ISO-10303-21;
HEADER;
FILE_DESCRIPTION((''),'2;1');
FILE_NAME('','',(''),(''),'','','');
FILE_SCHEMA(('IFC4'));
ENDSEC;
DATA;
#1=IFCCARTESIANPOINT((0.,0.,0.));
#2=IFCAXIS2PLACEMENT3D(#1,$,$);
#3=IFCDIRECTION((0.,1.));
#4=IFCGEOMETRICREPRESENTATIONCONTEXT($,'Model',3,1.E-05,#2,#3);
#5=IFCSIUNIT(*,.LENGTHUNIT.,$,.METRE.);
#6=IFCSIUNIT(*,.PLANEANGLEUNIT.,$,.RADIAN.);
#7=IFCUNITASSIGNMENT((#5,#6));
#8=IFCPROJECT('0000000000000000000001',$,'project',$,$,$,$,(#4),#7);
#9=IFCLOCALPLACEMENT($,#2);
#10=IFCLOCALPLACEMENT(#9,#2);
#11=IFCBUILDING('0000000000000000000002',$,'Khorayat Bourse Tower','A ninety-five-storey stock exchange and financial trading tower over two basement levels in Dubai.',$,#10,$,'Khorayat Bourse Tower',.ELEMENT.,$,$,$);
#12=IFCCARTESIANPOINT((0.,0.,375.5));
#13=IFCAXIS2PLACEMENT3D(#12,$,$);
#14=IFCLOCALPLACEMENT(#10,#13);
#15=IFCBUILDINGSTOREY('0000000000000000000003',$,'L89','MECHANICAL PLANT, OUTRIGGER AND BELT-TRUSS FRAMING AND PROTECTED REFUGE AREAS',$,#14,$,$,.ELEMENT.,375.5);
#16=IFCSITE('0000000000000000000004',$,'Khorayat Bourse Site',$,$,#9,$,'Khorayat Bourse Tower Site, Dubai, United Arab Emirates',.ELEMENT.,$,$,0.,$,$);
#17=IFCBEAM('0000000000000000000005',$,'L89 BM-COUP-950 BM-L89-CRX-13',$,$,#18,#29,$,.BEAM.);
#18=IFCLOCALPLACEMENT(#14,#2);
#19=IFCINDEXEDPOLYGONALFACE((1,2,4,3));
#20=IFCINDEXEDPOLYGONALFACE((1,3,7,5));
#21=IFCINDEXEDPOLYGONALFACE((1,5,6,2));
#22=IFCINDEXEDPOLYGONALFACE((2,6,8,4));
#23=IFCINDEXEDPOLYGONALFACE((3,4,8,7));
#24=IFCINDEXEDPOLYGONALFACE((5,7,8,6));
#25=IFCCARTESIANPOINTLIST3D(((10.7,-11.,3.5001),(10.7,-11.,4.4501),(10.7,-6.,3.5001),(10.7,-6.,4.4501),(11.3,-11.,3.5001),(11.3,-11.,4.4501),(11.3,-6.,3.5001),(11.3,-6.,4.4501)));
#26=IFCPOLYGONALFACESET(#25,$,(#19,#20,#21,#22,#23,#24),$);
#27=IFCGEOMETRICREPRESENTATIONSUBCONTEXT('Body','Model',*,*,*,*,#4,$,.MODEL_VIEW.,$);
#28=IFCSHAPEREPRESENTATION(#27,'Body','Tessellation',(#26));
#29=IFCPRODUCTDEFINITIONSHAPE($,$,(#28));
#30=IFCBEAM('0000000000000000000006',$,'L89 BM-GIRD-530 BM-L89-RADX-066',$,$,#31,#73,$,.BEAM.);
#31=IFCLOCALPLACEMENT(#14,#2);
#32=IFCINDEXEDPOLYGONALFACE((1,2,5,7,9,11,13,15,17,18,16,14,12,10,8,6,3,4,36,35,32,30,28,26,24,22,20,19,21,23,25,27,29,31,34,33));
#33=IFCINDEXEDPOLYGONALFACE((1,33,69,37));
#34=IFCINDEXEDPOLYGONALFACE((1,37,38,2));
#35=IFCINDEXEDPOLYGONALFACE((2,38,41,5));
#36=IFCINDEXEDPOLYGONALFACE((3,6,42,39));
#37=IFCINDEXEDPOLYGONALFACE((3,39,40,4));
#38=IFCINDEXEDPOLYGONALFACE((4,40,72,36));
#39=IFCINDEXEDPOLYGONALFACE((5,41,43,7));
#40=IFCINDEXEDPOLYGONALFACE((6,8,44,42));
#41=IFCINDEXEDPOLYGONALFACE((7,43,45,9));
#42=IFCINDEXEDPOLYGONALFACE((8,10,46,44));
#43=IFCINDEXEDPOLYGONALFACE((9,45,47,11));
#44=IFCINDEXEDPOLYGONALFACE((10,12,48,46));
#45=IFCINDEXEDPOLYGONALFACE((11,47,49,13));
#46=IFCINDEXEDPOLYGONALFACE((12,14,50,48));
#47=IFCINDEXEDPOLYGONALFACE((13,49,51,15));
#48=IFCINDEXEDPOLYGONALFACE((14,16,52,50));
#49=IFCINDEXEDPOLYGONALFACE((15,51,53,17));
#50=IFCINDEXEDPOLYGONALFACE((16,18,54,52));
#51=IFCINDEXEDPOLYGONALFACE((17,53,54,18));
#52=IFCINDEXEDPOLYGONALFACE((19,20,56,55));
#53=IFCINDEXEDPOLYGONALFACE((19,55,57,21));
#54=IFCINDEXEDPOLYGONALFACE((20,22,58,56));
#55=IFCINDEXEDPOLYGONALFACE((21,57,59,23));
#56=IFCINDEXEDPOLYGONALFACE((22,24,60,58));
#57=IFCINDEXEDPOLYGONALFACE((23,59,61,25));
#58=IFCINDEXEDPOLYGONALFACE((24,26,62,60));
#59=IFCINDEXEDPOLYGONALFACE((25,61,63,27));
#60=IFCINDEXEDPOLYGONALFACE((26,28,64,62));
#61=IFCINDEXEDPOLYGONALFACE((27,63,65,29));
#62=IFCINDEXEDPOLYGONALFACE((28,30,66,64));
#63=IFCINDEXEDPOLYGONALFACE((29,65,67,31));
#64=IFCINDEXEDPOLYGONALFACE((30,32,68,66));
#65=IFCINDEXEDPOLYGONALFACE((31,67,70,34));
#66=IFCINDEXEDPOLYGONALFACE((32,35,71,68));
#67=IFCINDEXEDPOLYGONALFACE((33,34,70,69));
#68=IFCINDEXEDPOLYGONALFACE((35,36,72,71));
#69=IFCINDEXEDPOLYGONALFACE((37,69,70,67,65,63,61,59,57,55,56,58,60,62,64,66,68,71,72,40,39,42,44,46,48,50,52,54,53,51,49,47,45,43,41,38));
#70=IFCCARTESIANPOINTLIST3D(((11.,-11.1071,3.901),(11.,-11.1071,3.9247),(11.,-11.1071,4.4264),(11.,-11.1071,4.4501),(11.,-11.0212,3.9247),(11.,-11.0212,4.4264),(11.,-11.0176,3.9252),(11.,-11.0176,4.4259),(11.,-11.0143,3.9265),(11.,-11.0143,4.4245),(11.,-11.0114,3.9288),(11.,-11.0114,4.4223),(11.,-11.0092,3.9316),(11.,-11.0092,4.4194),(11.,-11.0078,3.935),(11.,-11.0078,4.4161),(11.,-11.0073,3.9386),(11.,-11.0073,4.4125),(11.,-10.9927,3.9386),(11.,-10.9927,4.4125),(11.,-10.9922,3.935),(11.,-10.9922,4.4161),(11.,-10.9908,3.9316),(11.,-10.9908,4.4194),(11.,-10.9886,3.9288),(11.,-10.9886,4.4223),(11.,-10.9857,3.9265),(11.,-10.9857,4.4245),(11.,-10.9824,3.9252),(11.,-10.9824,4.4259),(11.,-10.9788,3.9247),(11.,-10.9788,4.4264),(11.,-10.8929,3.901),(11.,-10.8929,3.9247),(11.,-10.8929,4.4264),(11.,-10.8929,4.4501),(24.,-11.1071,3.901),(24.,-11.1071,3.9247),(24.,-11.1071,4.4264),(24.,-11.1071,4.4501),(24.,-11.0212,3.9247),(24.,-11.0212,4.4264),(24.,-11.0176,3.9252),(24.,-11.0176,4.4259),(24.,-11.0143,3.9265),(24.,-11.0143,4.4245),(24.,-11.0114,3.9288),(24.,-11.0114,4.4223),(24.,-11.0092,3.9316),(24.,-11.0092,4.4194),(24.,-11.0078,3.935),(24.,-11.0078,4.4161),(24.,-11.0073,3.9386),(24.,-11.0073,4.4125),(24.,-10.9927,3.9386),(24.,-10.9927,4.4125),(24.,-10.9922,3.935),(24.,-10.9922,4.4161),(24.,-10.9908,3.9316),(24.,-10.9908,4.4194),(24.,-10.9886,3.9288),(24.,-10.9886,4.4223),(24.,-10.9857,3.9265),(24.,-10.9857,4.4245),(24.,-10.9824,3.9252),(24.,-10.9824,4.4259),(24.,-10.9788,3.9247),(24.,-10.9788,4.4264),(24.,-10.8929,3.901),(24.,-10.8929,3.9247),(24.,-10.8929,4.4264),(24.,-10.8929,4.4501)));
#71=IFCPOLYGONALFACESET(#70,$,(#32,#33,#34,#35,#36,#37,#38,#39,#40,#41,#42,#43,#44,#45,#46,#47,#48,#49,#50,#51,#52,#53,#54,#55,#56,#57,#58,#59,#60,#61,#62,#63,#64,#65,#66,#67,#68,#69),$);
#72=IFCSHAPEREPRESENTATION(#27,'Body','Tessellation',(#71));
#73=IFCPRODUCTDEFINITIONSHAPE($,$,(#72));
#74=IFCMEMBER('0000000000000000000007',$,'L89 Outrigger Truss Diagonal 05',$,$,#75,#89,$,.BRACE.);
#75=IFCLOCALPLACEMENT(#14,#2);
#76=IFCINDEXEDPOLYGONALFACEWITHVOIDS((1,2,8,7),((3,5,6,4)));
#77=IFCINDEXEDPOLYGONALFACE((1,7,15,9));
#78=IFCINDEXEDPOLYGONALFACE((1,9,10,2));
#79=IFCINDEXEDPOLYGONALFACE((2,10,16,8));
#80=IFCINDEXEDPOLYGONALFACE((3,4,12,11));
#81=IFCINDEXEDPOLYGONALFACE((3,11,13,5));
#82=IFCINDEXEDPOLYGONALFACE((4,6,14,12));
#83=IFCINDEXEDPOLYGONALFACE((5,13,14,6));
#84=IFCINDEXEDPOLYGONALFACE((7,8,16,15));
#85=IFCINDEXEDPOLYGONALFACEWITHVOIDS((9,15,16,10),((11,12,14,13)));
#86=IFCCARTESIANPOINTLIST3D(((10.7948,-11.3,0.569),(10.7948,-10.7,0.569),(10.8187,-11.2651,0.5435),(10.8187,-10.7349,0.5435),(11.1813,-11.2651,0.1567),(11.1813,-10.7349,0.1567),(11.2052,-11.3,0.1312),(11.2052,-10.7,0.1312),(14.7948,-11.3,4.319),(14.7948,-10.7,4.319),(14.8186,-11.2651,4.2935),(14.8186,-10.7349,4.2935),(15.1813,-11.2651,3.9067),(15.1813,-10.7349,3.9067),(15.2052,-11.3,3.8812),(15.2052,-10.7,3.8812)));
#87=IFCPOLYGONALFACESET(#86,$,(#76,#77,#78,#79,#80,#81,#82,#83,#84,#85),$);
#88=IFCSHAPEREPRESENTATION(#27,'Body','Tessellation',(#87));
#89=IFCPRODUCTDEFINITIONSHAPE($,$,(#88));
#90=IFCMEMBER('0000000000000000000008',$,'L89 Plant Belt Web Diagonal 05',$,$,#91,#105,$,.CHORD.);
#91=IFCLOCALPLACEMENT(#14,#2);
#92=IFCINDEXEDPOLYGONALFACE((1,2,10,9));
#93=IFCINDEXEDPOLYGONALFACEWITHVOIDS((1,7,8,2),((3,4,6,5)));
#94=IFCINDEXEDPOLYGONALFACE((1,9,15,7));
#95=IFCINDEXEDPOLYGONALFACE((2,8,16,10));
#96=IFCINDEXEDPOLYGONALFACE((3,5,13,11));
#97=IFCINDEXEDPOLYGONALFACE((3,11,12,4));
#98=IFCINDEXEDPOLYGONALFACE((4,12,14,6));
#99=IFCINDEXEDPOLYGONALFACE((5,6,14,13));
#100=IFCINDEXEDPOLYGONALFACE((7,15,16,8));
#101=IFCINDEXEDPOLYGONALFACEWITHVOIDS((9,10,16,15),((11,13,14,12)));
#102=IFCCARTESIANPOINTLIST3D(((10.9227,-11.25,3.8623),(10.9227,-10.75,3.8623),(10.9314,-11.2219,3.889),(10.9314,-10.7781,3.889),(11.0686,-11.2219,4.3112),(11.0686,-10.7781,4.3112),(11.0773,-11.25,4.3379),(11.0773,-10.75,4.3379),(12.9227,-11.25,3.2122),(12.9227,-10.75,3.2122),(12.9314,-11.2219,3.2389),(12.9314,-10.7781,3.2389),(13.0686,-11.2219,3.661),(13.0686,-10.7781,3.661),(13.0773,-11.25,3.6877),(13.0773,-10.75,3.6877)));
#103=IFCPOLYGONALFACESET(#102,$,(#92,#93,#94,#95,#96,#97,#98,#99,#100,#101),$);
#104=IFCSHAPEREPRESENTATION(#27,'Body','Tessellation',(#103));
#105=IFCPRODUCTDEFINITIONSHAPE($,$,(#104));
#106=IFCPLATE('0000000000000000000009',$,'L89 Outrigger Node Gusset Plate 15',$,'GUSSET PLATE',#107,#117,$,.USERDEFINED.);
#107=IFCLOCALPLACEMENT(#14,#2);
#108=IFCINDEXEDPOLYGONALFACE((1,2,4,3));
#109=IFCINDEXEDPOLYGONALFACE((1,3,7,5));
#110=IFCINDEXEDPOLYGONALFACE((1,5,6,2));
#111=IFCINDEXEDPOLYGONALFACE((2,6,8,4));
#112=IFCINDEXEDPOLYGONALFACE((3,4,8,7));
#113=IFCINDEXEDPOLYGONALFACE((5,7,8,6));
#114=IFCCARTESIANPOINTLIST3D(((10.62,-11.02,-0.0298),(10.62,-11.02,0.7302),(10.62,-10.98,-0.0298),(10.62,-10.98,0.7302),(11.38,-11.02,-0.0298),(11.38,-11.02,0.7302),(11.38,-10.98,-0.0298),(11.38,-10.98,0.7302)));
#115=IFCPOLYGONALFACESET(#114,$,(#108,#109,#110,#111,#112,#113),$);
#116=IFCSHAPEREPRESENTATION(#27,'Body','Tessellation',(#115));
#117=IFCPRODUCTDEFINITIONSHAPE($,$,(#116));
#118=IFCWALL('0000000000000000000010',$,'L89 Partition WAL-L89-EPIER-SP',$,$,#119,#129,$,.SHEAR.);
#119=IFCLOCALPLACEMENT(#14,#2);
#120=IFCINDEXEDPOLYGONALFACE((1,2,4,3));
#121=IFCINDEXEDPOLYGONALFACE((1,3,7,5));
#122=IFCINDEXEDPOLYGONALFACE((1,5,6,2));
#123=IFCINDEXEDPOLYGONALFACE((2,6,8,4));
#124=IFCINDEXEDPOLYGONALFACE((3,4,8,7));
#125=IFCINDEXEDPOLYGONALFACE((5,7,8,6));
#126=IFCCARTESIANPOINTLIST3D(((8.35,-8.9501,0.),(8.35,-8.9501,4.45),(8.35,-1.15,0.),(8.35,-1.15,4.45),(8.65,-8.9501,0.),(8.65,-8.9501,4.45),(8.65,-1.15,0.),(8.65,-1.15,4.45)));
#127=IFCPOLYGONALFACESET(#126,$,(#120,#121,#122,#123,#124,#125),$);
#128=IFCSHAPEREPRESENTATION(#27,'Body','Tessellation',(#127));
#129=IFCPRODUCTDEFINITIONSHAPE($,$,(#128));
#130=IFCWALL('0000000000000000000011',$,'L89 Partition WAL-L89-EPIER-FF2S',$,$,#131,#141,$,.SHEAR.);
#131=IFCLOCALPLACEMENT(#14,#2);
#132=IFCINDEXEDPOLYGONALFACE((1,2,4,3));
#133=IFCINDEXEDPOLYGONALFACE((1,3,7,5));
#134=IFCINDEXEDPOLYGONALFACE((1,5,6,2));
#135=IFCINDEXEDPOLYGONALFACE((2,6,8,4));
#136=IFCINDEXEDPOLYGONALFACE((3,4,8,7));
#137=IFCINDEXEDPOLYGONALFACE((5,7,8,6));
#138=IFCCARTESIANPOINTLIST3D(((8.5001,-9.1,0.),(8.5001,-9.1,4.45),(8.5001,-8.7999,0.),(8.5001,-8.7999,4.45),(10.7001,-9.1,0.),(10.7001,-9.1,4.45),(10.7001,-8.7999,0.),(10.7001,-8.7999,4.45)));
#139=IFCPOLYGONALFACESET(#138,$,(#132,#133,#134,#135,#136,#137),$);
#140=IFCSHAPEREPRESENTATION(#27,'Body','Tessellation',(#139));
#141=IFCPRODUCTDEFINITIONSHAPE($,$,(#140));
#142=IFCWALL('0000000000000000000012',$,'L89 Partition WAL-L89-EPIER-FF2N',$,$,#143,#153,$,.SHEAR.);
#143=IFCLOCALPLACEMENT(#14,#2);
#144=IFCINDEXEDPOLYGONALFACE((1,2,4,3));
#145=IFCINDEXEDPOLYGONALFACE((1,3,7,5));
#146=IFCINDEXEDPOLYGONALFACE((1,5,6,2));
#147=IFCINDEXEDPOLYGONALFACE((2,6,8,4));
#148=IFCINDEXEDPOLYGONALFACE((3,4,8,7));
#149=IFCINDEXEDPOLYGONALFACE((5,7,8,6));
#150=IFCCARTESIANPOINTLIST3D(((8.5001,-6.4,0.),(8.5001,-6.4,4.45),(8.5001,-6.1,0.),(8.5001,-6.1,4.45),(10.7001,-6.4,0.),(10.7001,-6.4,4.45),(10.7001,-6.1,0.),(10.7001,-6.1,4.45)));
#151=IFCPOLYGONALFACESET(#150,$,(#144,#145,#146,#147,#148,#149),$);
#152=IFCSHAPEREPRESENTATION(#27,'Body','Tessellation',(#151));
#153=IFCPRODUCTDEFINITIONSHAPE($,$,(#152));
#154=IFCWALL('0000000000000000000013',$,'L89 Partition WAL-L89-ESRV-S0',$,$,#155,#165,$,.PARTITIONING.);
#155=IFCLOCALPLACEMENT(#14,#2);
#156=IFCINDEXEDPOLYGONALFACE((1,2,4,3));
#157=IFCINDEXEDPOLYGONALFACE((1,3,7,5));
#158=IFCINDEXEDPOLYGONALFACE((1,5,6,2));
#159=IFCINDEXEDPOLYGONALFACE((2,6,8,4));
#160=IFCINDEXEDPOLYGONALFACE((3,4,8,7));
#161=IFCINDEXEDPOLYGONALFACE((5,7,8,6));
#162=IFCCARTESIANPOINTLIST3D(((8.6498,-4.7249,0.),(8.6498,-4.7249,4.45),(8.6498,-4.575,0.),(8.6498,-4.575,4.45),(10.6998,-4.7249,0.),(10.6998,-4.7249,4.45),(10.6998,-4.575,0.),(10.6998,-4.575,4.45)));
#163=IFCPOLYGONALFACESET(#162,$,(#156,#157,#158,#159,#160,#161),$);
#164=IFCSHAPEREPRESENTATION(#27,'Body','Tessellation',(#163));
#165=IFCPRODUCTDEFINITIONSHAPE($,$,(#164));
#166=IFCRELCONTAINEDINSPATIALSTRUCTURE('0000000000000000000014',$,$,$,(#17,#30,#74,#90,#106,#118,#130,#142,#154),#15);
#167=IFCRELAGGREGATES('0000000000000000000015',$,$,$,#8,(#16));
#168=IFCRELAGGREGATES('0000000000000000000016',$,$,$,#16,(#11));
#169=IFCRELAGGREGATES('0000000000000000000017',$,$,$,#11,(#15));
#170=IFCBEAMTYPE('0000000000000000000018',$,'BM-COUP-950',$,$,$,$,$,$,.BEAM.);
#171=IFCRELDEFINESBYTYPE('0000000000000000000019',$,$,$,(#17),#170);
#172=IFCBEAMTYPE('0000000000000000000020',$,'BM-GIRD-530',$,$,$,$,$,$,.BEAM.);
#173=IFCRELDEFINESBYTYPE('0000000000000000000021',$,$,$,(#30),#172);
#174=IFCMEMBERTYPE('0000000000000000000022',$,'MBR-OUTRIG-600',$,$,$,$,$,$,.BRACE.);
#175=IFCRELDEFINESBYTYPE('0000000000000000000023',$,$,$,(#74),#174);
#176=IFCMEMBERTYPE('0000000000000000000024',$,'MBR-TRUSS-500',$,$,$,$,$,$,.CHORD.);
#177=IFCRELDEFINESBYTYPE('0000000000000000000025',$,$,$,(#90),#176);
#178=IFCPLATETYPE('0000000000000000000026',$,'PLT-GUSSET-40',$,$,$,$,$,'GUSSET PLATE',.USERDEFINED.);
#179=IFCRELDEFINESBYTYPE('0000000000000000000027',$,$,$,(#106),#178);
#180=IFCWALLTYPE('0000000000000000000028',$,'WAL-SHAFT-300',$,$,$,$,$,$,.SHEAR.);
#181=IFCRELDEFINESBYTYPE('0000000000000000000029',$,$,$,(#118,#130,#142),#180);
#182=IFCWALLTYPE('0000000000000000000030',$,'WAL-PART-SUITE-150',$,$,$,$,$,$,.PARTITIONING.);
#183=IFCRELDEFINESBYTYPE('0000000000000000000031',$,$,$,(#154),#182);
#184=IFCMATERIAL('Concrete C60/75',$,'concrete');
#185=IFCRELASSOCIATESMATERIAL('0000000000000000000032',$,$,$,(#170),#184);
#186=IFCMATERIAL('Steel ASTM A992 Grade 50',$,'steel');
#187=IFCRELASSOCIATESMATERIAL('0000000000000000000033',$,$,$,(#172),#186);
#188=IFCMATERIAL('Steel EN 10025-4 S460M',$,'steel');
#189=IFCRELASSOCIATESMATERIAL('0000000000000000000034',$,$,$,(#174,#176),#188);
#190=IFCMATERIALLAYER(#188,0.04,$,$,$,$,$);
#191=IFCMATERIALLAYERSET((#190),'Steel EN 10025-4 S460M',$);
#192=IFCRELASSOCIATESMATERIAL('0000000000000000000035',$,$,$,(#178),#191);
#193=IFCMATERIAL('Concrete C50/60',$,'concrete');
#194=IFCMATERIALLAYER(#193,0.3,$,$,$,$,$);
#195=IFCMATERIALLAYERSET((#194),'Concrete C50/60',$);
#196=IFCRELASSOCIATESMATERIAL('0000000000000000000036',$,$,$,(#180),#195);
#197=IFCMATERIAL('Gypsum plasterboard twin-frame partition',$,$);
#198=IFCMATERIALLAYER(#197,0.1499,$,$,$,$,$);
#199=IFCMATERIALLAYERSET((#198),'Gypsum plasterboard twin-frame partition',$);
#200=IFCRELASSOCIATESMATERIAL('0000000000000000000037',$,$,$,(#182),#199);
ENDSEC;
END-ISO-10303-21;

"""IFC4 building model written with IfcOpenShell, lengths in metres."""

from ifc_helpers import new_model, si_unit, direction, frame, frame_2d, origin, origin_2d, place, context, subcontext, project, spatial, rectangle, hollow_rectangle, i_section, extrude, source, transform, mapped, material, layer, layer_set, material_profile, profile_set, type_object, element, save


model = new_model("IFC4")

# Units and contexts
model_context = context("Model", 3, precision=1e-05, world=origin(), true_north=direction((0.0, 1.0)))
body_context = subcontext(model_context, "Body", "Model", "MODEL_VIEW")
ifc_project = project(units=[si_unit("LENGTHUNIT", "METRE"), si_unit("PLANEANGLEUNIT", "RADIAN")], contexts=[model_context])

# Site, building, storey
site_placement = place(None, origin())
site = spatial("IfcSite", under=ifc_project, at=site_placement, Name="Khorayat Bourse Site", LongName="Khorayat Bourse Tower Site, Dubai, United Arab Emirates", CompositionType="ELEMENT", RefElevation=0.0)
building_placement = place(site_placement, origin())
building = spatial("IfcBuilding", under=site, at=building_placement, Name="Khorayat Bourse Tower", Description="A ninety-five-storey stock exchange and financial trading tower over two basement levels in Dubai.", LongName="Khorayat Bourse Tower", CompositionType="ELEMENT")
storey_placement = place(building_placement, frame((0.0, 0.0, 375.5)))
storey = spatial("IfcBuildingStorey", under=building, at=storey_placement, Name="L89", Description="MECHANICAL PLANT, OUTRIGGER AND BELT-TRUSS FRAMING AND PROTECTED REFUGE AREAS", CompositionType="ELEMENT", Elevation=375.5)

# Beams
ifc_material_1 = material(Name="Concrete C60/75", Category="concrete")
ifc_material_profile_1 = material_profile(ifc_material_1, rectangle(XDim=0.6001, YDim=0.95, at=origin_2d()), Name="RC 600x950")
ifc_profile_set_1 = profile_set([ifc_material_profile_1], Name="Concrete C60/75")
beam_type_1 = type_object("IfcBeamType", Name="BM-COUP-950", PredefinedType="BEAM", material=ifc_profile_set_1)
shared_shape_1 = source(origin(), body_context, "Body", "SweptSolid", [
    extrude(rectangle(XDim=0.6001, YDim=0.95, at=origin_2d()), origin(), (0.0, 0.0, 1.0), 5.0),
])
beam_1_placement = place(storey_placement, frame((11.0, -11.0, 3.9751), z_axis=(0.0, 1.0, 0.0), x_axis=(-1.0, 0.0, 0.0)))
element("IfcBeam", 1, at=beam_1_placement, inside=storey, type_object=beam_type_1, Name="L89 BM-COUP-950 BM-L89-CRX-13", PredefinedType="BEAM", context=body_context, shape_type="MappedRepresentation", body=[
    mapped(shared_shape_1, transform((0.0, 0.0, 0.0), scale=1.0)),
])
ifc_material_2 = material(Name="Steel ASTM A992 Grade 50", Category="steel")
ifc_material_profile_2 = material_profile(ifc_material_2, i_section(OverallWidth=0.2141, OverallDepth=0.5491, WebThickness=0.0146, FlangeThickness=0.0237, FilletRadius=0.0139, at=origin_2d()), Name="W530X138")
ifc_profile_set_2 = profile_set([ifc_material_profile_2], Name="Steel ASTM A992 Grade 50")
beam_type_2 = type_object("IfcBeamType", Name="BM-GIRD-530", PredefinedType="BEAM", material=ifc_profile_set_2)
shared_shape_2 = source(origin(), body_context, "Body", "SweptSolid", [
    extrude(i_section(OverallWidth=0.2141, OverallDepth=0.5491, WebThickness=0.0146, FlangeThickness=0.0237, FilletRadius=0.0139, at=origin_2d()), origin(), (0.0, 0.0, 1.0), 13.0),
])
beam_2_placement = place(storey_placement, frame((11.0, -11.0, 4.1755), z_axis=(1.0, 0.0, 0.0), x_axis=(0.0, 1.0, 0.0)))
element("IfcBeam", 2, at=beam_2_placement, inside=storey, type_object=beam_type_2, Name="L89 BM-GIRD-530 BM-L89-RADX-066", PredefinedType="BEAM", context=body_context, shape_type="MappedRepresentation", body=[
    mapped(shared_shape_2, transform((0.0, 0.0, 0.0), scale=1.0)),
])

# Members
ifc_material_3 = material(Name="Steel EN 10025-4 S460M", Category="steel")
ifc_material_profile_3 = material_profile(ifc_material_3, hollow_rectangle(XDim=0.6001, YDim=0.6001, WallThickness=0.0349, at=origin_2d()), Name="BOX 600x600x35")
ifc_profile_set_3 = profile_set([ifc_material_profile_3], Name="Steel EN 10025-4 S460M")
member_type_1 = type_object("IfcMemberType", Name="MBR-OUTRIG-600", PredefinedType="BRACE", material=ifc_profile_set_3)
shared_shape_3 = source(origin(), body_context, "Body", "SweptSolid", [
    extrude(hollow_rectangle(XDim=0.6001, YDim=0.6001, WallThickness=0.0349, at=origin_2d()), origin(), (0.0, 0.0, 1.0), 5.4829),
])
member_1_placement = place(storey_placement, frame((11.0, -11.0, 0.3501), z_axis=(0.729537, 0.0, 0.683941), x_axis=(0.0, 1.0, 0.0)))
element("IfcMember", 3, at=member_1_placement, inside=storey, type_object=member_type_1, Name="L89 Outrigger Truss Diagonal 05", PredefinedType="BRACE", context=body_context, shape_type="MappedRepresentation", body=[
    mapped(shared_shape_3, transform((0.0, 0.0, 0.0), scale=1.0)),
])
ifc_material_profile_4 = material_profile(ifc_material_3, hollow_rectangle(XDim=0.5, YDim=0.5, WallThickness=0.0281, at=origin_2d()), Name="HSS 500x500x28")
ifc_profile_set_4 = profile_set([ifc_material_profile_4], Name="Steel EN 10025-4 S460M")
member_type_2 = type_object("IfcMemberType", Name="MBR-TRUSS-500", PredefinedType="CHORD", material=ifc_profile_set_4)
shared_shape_4 = source(origin(), body_context, "Body", "SweptSolid", [
    extrude(hollow_rectangle(XDim=0.5, YDim=0.5, WallThickness=0.0281, at=origin_2d()), origin(), (0.0, 0.0, 1.0), 2.103),
])
member_2_placement = place(storey_placement, frame((11.0, -11.0, 4.1001), z_axis=(0.951014, 0.0, -0.309149), x_axis=(0.0, 1.0, 0.0)))
element("IfcMember", 4, at=member_2_placement, inside=storey, type_object=member_type_2, Name="L89 Plant Belt Web Diagonal 05", PredefinedType="CHORD", context=body_context, shape_type="MappedRepresentation", body=[
    mapped(shared_shape_4, transform((0.0, 0.0, 0.0), scale=1.0)),
])

# Plate
ifc_layer_1 = layer(ifc_material_3, 0.04)
ifc_layer_set_1 = layer_set([ifc_layer_1], Name="Steel EN 10025-4 S460M")
plate_type = type_object("IfcPlateType", Name="PLT-GUSSET-40", ElementType="GUSSET PLATE", PredefinedType="USERDEFINED", material=ifc_layer_set_1)
shared_shape_5 = source(origin(), body_context, "Body", "SweptSolid", [
    extrude(rectangle(XDim=0.76, YDim=0.04, at=origin_2d()), origin(), (0.0, 0.0, 1.0), 0.76),
])
plate_placement = place(storey_placement, frame((11.0, -11.0, -0.0298), z_axis=(0.0, 0.0, 1.0), x_axis=(1.0, 0.0, 0.0)))
element("IfcPlate", 5, at=plate_placement, inside=storey, type_object=plate_type, Name="L89 Outrigger Node Gusset Plate 15", ObjectType="GUSSET PLATE", PredefinedType="USERDEFINED", context=body_context, shape_type="MappedRepresentation", body=[
    mapped(shared_shape_5, transform((0.0, 0.0, 0.0), scale=1.0)),
])

# Walls
ifc_material_4 = material(Name="Concrete C50/60", Category="concrete")
ifc_layer_2 = layer(ifc_material_4, 0.3)
ifc_layer_set_2 = layer_set([ifc_layer_2], Name="Concrete C50/60")
wall_type_1 = type_object("IfcWallType", Name="WAL-SHAFT-300", PredefinedType="SHEAR", material=ifc_layer_set_2)
shared_shape_6 = source(origin(), body_context, "Body", "SweptSolid", [
    extrude(rectangle(XDim=7.8, YDim=0.3, at=frame_2d((3.8999, 0.0))), origin(), (0.0, 0.0, 1.0), 4.45),
])
wall_1_placement = place(storey_placement, frame((8.5, -8.95, 0.0), z_axis=(0.0, 0.0, 1.0), x_axis=(0.0, 1.0, 0.0)))
element("IfcWall", 6, at=wall_1_placement, inside=storey, type_object=wall_type_1, Name="L89 Partition WAL-L89-EPIER-SP", PredefinedType="SHEAR", context=body_context, shape_type="MappedRepresentation", body=[
    mapped(shared_shape_6, transform((0.0, 0.0, 0.0), scale=1.0)),
])
shared_shape_7 = source(origin(), body_context, "Body", "SweptSolid", [
    extrude(rectangle(XDim=2.2, YDim=0.3, at=frame_2d((1.1001, 0.0))), origin(), (0.0, 0.0, 1.0), 4.45),
])
for number, where, z_axis, x_axis, name in (
    (7, (8.5, -8.95, 0.0), (0.0, 0.0, 1.0), (1.0, 0.0, 0.0), "L89 Partition WAL-L89-EPIER-FF2S"),
    (8, (8.5, -6.25, 0.0), (0.0, 0.0, 1.0), (1.0, 0.0, 0.0), "L89 Partition WAL-L89-EPIER-FF2N"),
):
    element("IfcWall", number, at=place(storey_placement, frame(where, z_axis=z_axis, x_axis=x_axis)), inside=storey, type_object=wall_type_1, Name=name, PredefinedType="SHEAR", context=body_context, shape_type="MappedRepresentation", body=[
        mapped(shared_shape_7, transform((0.0, 0.0, 0.0), scale=1.0)),
    ])
ifc_material_5 = material(Name="Gypsum plasterboard twin-frame partition")
ifc_layer_3 = layer(ifc_material_5, 0.1499)
ifc_layer_set_3 = layer_set([ifc_layer_3], Name="Gypsum plasterboard twin-frame partition")
wall_type_2 = type_object("IfcWallType", Name="WAL-PART-SUITE-150", PredefinedType="PARTITIONING", material=ifc_layer_set_3)
shared_shape_8 = source(origin(), body_context, "Body", "SweptSolid", [
    extrude(rectangle(XDim=2.05, YDim=0.1499, at=frame_2d((1.0249, 0.0))), origin(), (0.0, 0.0, 1.0), 4.45),
])
wall_2_placement = place(storey_placement, frame((8.6499, -4.6499, 0.0), z_axis=(0.0, 0.0, 1.0), x_axis=(1.0, 0.0, 0.0)))
element("IfcWall", 9, at=wall_2_placement, inside=storey, type_object=wall_type_2, Name="L89 Partition WAL-L89-ESRV-S0", PredefinedType="PARTITIONING", context=body_context, shape_type="MappedRepresentation", body=[
    mapped(shared_shape_8, transform((0.0, 0.0, 0.0), scale=1.0)),
])

save(model, "model.ifc")
